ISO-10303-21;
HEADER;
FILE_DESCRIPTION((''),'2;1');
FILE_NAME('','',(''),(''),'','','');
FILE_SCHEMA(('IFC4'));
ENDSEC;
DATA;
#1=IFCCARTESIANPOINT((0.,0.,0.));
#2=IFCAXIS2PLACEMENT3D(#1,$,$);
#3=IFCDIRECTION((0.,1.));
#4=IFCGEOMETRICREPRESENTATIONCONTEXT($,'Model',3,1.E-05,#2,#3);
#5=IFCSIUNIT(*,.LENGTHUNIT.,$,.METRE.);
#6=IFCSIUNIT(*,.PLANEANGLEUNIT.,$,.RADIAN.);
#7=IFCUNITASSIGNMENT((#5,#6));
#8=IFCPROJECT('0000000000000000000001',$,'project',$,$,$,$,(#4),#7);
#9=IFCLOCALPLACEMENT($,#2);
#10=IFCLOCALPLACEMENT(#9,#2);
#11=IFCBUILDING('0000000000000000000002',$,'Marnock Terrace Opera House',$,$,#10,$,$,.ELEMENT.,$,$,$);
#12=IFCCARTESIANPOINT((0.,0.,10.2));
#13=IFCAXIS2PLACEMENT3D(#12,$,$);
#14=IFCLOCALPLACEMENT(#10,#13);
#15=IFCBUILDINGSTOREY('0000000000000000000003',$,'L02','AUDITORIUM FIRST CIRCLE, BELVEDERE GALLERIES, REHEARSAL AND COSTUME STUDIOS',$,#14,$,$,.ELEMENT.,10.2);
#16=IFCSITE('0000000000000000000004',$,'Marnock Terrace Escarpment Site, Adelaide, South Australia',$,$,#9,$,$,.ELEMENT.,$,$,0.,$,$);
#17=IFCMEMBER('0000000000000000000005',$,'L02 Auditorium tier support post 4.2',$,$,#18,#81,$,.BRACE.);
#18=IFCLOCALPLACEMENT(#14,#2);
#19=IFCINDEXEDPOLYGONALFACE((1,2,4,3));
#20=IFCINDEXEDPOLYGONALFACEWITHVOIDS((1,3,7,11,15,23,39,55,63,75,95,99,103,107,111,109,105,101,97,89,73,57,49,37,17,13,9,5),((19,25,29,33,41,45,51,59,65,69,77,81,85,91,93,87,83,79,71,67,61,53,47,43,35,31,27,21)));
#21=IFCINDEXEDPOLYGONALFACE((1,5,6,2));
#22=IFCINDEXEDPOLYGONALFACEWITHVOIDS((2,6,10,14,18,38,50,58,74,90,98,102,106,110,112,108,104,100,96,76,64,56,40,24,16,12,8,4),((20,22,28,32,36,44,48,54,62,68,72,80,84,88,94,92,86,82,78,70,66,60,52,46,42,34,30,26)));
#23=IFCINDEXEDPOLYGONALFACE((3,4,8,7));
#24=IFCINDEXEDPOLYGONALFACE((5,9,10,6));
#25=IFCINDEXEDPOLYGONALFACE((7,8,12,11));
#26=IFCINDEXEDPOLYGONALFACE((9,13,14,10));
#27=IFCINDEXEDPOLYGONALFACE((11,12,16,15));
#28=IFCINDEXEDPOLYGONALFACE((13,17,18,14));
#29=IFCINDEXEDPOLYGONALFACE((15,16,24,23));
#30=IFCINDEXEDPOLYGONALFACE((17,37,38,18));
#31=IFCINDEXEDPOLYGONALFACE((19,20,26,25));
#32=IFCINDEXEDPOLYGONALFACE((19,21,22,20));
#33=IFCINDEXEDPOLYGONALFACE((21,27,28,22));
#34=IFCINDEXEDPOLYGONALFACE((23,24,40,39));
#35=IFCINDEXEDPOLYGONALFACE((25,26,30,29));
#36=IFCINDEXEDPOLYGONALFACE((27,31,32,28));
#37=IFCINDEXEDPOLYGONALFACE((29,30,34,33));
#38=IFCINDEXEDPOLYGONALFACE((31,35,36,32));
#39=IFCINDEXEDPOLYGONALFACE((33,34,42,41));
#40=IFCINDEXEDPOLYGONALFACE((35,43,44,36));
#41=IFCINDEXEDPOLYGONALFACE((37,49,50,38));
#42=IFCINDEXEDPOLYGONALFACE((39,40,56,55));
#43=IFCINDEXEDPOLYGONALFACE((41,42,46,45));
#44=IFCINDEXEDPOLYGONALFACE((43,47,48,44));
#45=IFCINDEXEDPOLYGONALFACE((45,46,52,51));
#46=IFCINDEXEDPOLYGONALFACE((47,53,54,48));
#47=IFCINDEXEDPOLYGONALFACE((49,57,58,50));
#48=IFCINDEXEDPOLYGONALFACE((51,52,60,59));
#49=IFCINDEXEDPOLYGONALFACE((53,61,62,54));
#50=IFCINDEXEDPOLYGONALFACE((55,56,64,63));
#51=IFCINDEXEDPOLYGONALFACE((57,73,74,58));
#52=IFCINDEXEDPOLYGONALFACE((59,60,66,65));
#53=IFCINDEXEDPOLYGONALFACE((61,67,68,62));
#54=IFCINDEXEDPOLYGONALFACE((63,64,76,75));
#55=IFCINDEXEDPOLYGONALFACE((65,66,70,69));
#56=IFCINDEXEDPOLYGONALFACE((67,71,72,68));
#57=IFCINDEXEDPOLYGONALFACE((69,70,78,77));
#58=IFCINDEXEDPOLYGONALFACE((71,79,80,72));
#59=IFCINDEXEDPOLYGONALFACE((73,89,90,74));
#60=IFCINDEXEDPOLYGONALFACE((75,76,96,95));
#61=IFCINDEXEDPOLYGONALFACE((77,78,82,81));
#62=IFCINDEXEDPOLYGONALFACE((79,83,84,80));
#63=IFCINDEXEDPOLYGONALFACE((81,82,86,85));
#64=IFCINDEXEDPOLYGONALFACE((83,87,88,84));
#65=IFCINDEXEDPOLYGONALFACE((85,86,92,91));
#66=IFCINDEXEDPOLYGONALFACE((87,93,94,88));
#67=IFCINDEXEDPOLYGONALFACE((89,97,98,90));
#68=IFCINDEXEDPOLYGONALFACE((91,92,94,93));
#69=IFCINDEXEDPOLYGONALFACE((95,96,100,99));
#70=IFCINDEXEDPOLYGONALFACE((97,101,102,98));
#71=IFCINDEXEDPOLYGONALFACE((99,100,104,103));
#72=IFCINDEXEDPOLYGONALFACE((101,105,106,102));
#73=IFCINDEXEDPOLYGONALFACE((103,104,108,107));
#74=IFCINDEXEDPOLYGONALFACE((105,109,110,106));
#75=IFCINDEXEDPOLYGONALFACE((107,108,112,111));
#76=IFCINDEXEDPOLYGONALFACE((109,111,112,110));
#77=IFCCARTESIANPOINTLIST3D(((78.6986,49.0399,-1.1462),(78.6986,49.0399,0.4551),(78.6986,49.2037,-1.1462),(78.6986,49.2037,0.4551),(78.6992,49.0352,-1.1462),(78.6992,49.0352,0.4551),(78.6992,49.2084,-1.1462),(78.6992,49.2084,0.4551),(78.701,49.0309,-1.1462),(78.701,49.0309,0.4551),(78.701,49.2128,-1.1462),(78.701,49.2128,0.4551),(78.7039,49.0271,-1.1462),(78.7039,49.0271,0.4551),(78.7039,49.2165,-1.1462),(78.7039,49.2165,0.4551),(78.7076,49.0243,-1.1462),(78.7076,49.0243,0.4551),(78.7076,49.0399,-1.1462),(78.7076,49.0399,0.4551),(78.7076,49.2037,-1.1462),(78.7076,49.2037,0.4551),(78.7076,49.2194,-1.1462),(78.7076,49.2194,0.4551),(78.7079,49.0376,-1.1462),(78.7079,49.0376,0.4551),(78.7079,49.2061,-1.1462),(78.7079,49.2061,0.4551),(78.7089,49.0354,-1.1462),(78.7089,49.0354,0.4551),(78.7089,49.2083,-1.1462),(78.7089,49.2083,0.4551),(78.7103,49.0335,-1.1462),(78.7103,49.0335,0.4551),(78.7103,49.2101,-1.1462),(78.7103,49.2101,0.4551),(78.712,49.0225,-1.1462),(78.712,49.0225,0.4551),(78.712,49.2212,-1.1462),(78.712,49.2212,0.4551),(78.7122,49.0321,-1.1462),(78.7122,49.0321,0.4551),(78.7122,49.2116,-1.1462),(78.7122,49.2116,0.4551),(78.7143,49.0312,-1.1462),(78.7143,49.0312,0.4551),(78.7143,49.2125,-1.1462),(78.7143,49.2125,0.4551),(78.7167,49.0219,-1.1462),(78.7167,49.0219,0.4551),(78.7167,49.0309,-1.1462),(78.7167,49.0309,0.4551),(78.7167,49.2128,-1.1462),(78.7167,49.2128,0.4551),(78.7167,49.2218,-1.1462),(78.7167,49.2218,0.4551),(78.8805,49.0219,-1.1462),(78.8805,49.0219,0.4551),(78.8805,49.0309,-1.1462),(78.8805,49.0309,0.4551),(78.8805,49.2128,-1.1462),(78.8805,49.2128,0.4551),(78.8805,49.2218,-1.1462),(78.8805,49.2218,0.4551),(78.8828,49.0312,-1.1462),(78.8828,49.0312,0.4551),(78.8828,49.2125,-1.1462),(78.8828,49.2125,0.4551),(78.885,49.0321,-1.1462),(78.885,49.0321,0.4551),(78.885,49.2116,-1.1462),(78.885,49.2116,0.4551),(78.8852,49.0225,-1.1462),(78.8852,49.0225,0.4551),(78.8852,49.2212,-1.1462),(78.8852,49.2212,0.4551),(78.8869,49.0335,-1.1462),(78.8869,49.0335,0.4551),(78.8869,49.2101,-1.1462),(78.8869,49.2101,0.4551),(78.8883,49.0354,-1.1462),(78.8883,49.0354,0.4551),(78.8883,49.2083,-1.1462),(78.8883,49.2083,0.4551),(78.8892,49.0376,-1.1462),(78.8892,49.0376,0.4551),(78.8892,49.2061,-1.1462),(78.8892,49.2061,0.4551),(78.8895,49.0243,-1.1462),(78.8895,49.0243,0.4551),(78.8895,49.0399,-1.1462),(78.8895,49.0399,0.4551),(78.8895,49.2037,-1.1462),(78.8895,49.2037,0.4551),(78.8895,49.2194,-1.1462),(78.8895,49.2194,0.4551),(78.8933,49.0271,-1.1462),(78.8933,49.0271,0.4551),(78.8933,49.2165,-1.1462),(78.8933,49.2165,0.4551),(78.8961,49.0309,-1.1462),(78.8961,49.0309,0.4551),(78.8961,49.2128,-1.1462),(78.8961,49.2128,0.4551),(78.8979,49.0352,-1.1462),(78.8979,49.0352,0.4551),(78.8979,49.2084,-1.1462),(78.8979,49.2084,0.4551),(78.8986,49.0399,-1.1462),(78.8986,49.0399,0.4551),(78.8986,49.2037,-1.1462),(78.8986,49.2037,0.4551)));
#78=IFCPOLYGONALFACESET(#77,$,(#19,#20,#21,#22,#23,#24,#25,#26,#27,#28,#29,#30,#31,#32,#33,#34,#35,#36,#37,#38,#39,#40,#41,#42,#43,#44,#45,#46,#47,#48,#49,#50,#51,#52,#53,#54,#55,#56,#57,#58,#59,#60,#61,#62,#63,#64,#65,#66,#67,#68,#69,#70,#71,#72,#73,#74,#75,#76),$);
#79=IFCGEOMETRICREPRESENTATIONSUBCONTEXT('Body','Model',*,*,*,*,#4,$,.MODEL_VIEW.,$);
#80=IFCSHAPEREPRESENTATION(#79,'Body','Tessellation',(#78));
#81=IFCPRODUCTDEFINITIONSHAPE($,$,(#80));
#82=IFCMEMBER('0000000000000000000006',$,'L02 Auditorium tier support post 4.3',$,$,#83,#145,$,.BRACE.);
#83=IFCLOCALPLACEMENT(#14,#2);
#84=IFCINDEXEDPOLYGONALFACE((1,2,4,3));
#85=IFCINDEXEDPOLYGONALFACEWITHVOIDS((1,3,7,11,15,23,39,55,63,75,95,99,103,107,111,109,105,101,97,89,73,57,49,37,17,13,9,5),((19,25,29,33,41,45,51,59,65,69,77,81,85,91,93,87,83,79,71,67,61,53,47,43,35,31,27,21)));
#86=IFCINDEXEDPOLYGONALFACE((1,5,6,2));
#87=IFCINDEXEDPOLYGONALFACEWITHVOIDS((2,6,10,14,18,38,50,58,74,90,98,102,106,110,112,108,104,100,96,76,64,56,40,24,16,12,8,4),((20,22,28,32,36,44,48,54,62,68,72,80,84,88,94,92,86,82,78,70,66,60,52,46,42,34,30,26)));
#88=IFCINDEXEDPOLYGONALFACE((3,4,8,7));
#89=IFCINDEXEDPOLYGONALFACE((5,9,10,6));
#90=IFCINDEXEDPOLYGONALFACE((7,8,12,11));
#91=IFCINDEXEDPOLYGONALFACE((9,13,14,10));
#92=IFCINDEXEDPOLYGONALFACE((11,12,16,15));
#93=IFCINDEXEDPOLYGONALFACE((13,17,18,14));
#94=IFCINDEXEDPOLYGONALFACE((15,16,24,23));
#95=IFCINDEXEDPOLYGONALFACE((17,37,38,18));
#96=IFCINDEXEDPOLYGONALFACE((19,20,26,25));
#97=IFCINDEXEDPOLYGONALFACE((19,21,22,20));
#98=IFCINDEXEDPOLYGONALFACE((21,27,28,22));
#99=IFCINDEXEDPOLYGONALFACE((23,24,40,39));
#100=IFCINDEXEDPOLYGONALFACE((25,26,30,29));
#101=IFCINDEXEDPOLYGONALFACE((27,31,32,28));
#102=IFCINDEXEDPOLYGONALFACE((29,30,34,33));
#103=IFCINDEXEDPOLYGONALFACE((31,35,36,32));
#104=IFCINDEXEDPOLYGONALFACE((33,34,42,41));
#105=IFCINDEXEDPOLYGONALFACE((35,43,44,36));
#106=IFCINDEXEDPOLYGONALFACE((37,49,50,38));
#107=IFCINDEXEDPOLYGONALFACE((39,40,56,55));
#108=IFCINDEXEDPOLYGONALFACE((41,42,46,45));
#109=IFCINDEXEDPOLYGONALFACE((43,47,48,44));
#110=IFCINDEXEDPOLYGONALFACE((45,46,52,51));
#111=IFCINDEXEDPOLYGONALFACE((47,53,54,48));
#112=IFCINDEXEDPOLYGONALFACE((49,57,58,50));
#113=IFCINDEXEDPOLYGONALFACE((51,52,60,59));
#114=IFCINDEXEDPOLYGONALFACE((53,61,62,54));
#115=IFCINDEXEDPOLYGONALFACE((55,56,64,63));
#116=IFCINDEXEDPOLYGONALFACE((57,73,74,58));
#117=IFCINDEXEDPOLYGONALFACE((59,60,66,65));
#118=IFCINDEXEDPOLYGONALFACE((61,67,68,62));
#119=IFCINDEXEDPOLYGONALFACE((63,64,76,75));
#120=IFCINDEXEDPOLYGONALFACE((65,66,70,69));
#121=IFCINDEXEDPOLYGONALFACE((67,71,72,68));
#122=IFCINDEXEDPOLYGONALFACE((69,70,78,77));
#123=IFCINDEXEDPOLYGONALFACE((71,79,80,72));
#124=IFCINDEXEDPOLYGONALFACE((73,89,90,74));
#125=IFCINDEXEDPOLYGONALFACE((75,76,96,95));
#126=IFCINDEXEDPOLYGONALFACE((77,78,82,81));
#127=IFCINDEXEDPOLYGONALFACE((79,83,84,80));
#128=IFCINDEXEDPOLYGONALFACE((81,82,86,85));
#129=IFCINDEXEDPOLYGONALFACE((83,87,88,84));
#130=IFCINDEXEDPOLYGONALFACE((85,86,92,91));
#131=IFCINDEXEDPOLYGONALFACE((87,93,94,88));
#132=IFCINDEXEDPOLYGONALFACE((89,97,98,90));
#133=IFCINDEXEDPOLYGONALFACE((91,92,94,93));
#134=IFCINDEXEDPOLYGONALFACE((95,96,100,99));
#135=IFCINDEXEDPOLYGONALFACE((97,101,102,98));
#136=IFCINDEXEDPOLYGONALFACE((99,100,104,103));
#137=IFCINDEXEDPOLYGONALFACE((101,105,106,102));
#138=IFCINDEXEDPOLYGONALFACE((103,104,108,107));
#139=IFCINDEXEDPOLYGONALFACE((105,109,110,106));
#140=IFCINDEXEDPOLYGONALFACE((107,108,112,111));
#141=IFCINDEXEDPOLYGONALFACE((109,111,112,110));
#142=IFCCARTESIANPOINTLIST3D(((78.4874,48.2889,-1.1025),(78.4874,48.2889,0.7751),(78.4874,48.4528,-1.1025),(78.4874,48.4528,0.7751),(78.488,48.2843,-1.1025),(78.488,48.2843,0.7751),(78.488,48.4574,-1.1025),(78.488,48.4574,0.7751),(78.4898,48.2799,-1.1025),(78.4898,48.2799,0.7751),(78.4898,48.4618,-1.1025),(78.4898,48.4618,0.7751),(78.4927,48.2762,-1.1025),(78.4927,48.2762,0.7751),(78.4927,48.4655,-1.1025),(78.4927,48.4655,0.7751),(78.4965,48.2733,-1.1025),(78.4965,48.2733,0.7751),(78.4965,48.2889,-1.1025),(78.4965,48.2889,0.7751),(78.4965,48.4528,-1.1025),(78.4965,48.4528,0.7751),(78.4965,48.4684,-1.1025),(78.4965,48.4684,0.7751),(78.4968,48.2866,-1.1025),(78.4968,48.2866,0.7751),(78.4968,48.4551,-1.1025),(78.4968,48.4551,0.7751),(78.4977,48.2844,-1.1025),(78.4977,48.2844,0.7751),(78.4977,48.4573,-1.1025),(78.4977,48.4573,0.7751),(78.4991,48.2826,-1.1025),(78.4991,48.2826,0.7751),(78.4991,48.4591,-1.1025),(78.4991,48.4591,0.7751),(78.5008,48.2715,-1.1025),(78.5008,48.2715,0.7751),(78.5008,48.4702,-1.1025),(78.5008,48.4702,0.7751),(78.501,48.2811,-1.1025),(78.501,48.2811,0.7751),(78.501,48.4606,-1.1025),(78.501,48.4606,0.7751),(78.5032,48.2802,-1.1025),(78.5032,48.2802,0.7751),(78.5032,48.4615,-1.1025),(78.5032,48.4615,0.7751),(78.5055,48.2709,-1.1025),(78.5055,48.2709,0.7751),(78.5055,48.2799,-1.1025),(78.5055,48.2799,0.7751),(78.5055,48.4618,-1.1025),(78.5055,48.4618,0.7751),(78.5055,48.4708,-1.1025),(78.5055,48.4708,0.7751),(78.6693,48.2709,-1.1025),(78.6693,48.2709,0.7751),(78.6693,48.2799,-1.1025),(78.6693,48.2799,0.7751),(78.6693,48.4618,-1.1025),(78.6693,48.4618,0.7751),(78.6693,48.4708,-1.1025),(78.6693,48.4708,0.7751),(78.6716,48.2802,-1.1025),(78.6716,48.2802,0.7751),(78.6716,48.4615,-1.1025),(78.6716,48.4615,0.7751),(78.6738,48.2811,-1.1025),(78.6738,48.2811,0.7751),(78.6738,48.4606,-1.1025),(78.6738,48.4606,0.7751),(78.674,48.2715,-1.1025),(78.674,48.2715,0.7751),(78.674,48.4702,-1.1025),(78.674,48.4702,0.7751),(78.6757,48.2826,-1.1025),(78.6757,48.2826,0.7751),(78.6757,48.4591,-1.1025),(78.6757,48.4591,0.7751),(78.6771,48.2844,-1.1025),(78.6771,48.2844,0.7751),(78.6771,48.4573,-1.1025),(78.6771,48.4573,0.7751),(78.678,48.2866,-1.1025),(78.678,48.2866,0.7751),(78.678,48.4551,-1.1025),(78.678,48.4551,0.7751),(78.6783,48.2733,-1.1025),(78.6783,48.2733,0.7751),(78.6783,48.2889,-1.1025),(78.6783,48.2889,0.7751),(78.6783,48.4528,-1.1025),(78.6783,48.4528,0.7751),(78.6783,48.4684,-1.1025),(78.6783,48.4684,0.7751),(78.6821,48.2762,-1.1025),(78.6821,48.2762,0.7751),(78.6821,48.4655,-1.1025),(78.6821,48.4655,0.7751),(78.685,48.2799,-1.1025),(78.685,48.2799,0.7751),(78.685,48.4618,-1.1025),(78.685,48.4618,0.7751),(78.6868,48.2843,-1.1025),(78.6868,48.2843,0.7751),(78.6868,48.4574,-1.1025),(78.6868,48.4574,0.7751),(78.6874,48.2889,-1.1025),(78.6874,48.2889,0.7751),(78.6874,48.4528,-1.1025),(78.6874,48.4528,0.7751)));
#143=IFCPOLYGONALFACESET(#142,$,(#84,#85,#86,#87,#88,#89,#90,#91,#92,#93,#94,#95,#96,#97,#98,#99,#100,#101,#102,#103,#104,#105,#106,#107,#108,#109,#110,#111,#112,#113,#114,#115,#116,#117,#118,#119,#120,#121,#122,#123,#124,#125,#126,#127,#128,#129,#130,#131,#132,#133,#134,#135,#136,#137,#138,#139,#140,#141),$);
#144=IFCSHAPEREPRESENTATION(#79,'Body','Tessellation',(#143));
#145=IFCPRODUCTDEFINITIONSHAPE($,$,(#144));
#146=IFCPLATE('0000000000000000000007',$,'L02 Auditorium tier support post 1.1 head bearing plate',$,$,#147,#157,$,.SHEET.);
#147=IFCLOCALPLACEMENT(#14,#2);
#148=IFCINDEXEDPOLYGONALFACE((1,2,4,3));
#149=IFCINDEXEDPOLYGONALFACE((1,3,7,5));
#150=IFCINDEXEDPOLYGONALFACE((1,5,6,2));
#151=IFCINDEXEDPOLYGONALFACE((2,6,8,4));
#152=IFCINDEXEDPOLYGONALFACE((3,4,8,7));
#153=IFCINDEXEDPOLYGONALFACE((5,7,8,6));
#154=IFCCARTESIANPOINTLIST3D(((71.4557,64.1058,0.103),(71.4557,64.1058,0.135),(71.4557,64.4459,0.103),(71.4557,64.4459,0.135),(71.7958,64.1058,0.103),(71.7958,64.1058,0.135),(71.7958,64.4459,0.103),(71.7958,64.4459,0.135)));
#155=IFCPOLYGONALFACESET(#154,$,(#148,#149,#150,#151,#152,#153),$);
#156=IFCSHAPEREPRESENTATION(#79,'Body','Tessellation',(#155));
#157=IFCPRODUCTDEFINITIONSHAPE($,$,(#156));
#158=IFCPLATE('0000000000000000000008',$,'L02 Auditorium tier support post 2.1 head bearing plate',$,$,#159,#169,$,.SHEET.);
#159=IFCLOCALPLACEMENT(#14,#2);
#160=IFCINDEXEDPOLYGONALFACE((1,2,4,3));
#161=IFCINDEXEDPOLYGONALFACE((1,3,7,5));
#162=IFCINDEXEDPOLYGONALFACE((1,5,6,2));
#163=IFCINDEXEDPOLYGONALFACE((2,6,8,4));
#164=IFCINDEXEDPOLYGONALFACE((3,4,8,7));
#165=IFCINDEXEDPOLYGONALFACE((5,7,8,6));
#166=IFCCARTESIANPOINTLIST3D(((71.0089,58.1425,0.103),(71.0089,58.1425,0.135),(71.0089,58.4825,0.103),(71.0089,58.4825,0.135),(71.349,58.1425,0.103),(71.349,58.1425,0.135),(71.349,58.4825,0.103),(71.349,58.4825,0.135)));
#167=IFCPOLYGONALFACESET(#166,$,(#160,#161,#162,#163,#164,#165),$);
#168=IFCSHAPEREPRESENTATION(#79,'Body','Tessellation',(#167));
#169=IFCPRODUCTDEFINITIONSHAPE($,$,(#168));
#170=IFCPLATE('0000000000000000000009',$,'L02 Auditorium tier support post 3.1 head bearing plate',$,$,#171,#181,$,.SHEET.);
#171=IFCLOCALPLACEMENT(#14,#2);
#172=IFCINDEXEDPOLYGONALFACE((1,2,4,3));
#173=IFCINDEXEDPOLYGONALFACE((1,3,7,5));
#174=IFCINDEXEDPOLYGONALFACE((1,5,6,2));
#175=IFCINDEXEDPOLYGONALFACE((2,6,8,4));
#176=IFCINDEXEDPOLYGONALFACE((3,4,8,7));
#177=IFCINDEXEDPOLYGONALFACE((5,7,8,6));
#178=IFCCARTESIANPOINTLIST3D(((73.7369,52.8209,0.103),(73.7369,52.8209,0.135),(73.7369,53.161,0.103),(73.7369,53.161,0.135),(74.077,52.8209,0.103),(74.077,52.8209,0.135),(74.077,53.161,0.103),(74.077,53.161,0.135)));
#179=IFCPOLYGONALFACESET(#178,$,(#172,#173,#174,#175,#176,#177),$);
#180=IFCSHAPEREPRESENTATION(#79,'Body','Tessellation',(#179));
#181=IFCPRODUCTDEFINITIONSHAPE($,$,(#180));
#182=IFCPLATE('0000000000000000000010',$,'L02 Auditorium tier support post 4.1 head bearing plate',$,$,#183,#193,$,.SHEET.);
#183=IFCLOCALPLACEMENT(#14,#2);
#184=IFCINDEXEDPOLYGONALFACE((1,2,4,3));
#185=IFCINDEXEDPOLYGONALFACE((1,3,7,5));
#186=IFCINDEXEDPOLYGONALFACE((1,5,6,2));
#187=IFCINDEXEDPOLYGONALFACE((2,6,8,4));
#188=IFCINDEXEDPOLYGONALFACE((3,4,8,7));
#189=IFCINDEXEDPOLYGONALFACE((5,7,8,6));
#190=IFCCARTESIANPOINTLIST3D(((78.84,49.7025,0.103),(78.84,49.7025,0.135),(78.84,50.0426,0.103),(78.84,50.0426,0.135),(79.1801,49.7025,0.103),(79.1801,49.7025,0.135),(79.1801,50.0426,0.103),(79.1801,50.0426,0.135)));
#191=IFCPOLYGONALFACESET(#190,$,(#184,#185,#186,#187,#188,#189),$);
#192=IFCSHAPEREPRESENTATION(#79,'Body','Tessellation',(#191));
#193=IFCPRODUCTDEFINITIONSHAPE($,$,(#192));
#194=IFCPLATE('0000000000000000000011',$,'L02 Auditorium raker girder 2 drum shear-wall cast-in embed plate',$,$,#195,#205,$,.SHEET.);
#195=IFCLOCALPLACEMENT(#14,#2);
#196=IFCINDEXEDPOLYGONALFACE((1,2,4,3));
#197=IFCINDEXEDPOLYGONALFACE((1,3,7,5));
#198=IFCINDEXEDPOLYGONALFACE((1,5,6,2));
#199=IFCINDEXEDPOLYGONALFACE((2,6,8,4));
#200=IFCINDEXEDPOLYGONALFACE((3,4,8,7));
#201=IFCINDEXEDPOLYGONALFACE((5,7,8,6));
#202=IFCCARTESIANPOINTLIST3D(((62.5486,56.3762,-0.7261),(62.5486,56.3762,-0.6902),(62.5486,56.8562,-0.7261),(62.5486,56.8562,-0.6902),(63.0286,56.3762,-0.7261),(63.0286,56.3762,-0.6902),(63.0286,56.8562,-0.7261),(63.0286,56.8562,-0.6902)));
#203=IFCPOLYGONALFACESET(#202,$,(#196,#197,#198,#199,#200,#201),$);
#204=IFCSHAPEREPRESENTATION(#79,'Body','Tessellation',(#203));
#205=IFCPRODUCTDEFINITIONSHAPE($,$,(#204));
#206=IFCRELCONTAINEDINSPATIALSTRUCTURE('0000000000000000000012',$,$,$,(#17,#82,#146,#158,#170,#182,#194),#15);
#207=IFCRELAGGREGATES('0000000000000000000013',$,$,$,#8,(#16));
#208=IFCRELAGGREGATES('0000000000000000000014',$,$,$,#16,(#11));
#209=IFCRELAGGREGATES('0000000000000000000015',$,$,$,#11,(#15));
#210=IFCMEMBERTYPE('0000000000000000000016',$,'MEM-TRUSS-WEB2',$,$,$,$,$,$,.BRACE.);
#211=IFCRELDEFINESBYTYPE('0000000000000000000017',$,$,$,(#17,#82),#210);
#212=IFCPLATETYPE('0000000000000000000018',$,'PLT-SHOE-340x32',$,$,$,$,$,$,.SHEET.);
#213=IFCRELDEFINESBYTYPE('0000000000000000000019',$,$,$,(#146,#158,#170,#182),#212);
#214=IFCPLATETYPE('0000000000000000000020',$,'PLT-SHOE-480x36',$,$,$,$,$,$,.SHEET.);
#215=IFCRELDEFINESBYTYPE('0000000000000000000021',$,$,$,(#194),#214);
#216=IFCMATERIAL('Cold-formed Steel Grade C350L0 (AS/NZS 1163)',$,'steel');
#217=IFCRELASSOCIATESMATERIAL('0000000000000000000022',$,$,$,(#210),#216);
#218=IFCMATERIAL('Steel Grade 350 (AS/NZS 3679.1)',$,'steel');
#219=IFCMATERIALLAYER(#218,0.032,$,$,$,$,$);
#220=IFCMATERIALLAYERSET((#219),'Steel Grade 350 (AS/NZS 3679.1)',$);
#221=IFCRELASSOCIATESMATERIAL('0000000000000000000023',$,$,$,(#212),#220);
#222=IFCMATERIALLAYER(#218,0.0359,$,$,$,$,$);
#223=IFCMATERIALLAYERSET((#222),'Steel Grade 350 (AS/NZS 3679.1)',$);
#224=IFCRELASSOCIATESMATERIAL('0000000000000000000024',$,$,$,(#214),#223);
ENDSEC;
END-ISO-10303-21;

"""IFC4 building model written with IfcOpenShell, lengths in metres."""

from ifc_helpers import new_model, si_unit, direction, frame, origin, origin_2d, place, context, subcontext, project, spatial, rectangle, hollow_rectangle, extrude, material, layer, layer_set, material_profile, profile_set, type_object, element, save


model = new_model("IFC4")

# Units and contexts
model_context = context("Model", 3, precision=1e-05, world=origin(), true_north=direction((0.0, 1.0)))
body_context = subcontext(model_context, "Body", "Model", "MODEL_VIEW")
ifc_project = project(units=[si_unit("LENGTHUNIT", "METRE"), si_unit("PLANEANGLEUNIT", "RADIAN")], contexts=[model_context])

# Site, building, storey
site_placement = place(None, origin())
site = spatial("IfcSite", under=ifc_project, at=site_placement, Name="Marnock Terrace Escarpment Site, Adelaide, South Australia", CompositionType="ELEMENT", RefElevation=0.0)
building_placement = place(site_placement, origin())
building = spatial("IfcBuilding", under=site, at=building_placement, Name="Marnock Terrace Opera House", CompositionType="ELEMENT")
storey_placement = place(building_placement, frame((0.0, 0.0, 10.2)))
storey = spatial("IfcBuildingStorey", under=building, at=storey_placement, Name="L02", Description="AUDITORIUM FIRST CIRCLE, BELVEDERE GALLERIES, REHEARSAL AND COSTUME STUDIOS", CompositionType="ELEMENT", Elevation=10.2)

# Shared definitions
ifc_material_1 = material(Name="Steel Grade 350 (AS/NZS 3679.1)", Category="steel")

# Members
ifc_material_2 = material(Name="Cold-formed Steel Grade C350L0 (AS/NZS 1163)", Category="steel")
ifc_material_profile_1 = material_profile(ifc_material_2, hollow_rectangle(XDim=0.2, YDim=0.2, WallThickness=0.009, InnerFilletRadius=0.009, OuterFilletRadius=0.0181, at=origin_2d()))
ifc_profile_set_1 = profile_set([ifc_material_profile_1], Name="Cold-formed Steel Grade C350L0 (AS/NZS 1163)")
member_type = type_object("IfcMemberType", Name="MEM-TRUSS-WEB2", PredefinedType="BRACE", material=ifc_profile_set_1)
member_1_placement = place(storey_placement, frame((78.7986, 49.1218, -1.1462), z_axis=(0.0, 0.0, 1.0), x_axis=(1.0, 0.0, 0.0)))
element("IfcMember", 1, at=member_1_placement, inside=storey, type_object=member_type, Name="L02 Auditorium tier support post 4.2", PredefinedType="BRACE", context=body_context, shape_type="SweptSolid", body=[
    extrude(hollow_rectangle(XDim=0.2, YDim=0.2, WallThickness=0.009, InnerFilletRadius=0.009, OuterFilletRadius=0.0181, at=origin_2d()), origin(), (0.0, 0.0, 1.0), 1.6013),
])
member_2_placement = place(storey_placement, frame((78.5874, 48.3708, -1.1025), z_axis=(0.0, 0.0, 1.0), x_axis=(1.0, 0.0, 0.0)))
element("IfcMember", 2, at=member_2_placement, inside=storey, type_object=member_type, Name="L02 Auditorium tier support post 4.3", PredefinedType="BRACE", context=body_context, shape_type="SweptSolid", body=[
    extrude(hollow_rectangle(XDim=0.2, YDim=0.2, WallThickness=0.009, InnerFilletRadius=0.009, OuterFilletRadius=0.0181, at=origin_2d()), origin(), (0.0, 0.0, 1.0), 1.8777),
])

# Plates
ifc_layer_1 = layer(ifc_material_1, 0.032)
ifc_layer_set_1 = layer_set([ifc_layer_1], Name="Steel Grade 350 (AS/NZS 3679.1)")
plate_type_1 = type_object("IfcPlateType", Name="PLT-SHOE-340x32", PredefinedType="SHEET", material=ifc_layer_set_1)
for number, where, z_axis, x_axis, name in (
    (3, (71.6257, 64.2759, 0.103), (0.0, 0.0, 1.0), (1.0, 0.0, 0.0), "L02 Auditorium tier support post 1.1 head bearing plate"),
    (4, (71.179, 58.3125, 0.103), (0.0, 0.0, 1.0), (1.0, 0.0, 0.0), "L02 Auditorium tier support post 2.1 head bearing plate"),
    (5, (73.907, 52.991, 0.103), (0.0, 0.0, 1.0), (1.0, 0.0, 0.0), "L02 Auditorium tier support post 3.1 head bearing plate"),
    (6, (79.01, 49.8726, 0.103), (0.0, 0.0, 1.0), (1.0, 0.0, 0.0), "L02 Auditorium tier support post 4.1 head bearing plate"),
):
    element("IfcPlate", number, at=place(storey_placement, frame(where, z_axis=z_axis, x_axis=x_axis)), inside=storey, type_object=plate_type_1, Name=name, PredefinedType="SHEET", context=body_context, shape_type="SweptSolid", body=[
        extrude(rectangle(XDim=0.3401, YDim=0.3401, at=origin_2d()), origin(), (0.0, 0.0, 1.0), 0.032),
    ])
ifc_layer_2 = layer(ifc_material_1, 0.0359)
ifc_layer_set_2 = layer_set([ifc_layer_2], Name="Steel Grade 350 (AS/NZS 3679.1)")
plate_type_2 = type_object("IfcPlateType", Name="PLT-SHOE-480x36", PredefinedType="SHEET", material=ifc_layer_set_2)
plate_placement = place(storey_placement, frame((62.7886, 56.6162, -0.7261), z_axis=(0.0, 0.0, 1.0), x_axis=(1.0, 0.0, 0.0)))
element("IfcPlate", 7, at=plate_placement, inside=storey, type_object=plate_type_2, Name="L02 Auditorium raker girder 2 drum shear-wall cast-in embed plate", PredefinedType="SHEET", context=body_context, shape_type="SweptSolid", body=[
    extrude(rectangle(XDim=0.48, YDim=0.48, at=origin_2d()), origin(), (0.0, 0.0, 1.0), 0.0359),
])

save(model, "model.ifc")
